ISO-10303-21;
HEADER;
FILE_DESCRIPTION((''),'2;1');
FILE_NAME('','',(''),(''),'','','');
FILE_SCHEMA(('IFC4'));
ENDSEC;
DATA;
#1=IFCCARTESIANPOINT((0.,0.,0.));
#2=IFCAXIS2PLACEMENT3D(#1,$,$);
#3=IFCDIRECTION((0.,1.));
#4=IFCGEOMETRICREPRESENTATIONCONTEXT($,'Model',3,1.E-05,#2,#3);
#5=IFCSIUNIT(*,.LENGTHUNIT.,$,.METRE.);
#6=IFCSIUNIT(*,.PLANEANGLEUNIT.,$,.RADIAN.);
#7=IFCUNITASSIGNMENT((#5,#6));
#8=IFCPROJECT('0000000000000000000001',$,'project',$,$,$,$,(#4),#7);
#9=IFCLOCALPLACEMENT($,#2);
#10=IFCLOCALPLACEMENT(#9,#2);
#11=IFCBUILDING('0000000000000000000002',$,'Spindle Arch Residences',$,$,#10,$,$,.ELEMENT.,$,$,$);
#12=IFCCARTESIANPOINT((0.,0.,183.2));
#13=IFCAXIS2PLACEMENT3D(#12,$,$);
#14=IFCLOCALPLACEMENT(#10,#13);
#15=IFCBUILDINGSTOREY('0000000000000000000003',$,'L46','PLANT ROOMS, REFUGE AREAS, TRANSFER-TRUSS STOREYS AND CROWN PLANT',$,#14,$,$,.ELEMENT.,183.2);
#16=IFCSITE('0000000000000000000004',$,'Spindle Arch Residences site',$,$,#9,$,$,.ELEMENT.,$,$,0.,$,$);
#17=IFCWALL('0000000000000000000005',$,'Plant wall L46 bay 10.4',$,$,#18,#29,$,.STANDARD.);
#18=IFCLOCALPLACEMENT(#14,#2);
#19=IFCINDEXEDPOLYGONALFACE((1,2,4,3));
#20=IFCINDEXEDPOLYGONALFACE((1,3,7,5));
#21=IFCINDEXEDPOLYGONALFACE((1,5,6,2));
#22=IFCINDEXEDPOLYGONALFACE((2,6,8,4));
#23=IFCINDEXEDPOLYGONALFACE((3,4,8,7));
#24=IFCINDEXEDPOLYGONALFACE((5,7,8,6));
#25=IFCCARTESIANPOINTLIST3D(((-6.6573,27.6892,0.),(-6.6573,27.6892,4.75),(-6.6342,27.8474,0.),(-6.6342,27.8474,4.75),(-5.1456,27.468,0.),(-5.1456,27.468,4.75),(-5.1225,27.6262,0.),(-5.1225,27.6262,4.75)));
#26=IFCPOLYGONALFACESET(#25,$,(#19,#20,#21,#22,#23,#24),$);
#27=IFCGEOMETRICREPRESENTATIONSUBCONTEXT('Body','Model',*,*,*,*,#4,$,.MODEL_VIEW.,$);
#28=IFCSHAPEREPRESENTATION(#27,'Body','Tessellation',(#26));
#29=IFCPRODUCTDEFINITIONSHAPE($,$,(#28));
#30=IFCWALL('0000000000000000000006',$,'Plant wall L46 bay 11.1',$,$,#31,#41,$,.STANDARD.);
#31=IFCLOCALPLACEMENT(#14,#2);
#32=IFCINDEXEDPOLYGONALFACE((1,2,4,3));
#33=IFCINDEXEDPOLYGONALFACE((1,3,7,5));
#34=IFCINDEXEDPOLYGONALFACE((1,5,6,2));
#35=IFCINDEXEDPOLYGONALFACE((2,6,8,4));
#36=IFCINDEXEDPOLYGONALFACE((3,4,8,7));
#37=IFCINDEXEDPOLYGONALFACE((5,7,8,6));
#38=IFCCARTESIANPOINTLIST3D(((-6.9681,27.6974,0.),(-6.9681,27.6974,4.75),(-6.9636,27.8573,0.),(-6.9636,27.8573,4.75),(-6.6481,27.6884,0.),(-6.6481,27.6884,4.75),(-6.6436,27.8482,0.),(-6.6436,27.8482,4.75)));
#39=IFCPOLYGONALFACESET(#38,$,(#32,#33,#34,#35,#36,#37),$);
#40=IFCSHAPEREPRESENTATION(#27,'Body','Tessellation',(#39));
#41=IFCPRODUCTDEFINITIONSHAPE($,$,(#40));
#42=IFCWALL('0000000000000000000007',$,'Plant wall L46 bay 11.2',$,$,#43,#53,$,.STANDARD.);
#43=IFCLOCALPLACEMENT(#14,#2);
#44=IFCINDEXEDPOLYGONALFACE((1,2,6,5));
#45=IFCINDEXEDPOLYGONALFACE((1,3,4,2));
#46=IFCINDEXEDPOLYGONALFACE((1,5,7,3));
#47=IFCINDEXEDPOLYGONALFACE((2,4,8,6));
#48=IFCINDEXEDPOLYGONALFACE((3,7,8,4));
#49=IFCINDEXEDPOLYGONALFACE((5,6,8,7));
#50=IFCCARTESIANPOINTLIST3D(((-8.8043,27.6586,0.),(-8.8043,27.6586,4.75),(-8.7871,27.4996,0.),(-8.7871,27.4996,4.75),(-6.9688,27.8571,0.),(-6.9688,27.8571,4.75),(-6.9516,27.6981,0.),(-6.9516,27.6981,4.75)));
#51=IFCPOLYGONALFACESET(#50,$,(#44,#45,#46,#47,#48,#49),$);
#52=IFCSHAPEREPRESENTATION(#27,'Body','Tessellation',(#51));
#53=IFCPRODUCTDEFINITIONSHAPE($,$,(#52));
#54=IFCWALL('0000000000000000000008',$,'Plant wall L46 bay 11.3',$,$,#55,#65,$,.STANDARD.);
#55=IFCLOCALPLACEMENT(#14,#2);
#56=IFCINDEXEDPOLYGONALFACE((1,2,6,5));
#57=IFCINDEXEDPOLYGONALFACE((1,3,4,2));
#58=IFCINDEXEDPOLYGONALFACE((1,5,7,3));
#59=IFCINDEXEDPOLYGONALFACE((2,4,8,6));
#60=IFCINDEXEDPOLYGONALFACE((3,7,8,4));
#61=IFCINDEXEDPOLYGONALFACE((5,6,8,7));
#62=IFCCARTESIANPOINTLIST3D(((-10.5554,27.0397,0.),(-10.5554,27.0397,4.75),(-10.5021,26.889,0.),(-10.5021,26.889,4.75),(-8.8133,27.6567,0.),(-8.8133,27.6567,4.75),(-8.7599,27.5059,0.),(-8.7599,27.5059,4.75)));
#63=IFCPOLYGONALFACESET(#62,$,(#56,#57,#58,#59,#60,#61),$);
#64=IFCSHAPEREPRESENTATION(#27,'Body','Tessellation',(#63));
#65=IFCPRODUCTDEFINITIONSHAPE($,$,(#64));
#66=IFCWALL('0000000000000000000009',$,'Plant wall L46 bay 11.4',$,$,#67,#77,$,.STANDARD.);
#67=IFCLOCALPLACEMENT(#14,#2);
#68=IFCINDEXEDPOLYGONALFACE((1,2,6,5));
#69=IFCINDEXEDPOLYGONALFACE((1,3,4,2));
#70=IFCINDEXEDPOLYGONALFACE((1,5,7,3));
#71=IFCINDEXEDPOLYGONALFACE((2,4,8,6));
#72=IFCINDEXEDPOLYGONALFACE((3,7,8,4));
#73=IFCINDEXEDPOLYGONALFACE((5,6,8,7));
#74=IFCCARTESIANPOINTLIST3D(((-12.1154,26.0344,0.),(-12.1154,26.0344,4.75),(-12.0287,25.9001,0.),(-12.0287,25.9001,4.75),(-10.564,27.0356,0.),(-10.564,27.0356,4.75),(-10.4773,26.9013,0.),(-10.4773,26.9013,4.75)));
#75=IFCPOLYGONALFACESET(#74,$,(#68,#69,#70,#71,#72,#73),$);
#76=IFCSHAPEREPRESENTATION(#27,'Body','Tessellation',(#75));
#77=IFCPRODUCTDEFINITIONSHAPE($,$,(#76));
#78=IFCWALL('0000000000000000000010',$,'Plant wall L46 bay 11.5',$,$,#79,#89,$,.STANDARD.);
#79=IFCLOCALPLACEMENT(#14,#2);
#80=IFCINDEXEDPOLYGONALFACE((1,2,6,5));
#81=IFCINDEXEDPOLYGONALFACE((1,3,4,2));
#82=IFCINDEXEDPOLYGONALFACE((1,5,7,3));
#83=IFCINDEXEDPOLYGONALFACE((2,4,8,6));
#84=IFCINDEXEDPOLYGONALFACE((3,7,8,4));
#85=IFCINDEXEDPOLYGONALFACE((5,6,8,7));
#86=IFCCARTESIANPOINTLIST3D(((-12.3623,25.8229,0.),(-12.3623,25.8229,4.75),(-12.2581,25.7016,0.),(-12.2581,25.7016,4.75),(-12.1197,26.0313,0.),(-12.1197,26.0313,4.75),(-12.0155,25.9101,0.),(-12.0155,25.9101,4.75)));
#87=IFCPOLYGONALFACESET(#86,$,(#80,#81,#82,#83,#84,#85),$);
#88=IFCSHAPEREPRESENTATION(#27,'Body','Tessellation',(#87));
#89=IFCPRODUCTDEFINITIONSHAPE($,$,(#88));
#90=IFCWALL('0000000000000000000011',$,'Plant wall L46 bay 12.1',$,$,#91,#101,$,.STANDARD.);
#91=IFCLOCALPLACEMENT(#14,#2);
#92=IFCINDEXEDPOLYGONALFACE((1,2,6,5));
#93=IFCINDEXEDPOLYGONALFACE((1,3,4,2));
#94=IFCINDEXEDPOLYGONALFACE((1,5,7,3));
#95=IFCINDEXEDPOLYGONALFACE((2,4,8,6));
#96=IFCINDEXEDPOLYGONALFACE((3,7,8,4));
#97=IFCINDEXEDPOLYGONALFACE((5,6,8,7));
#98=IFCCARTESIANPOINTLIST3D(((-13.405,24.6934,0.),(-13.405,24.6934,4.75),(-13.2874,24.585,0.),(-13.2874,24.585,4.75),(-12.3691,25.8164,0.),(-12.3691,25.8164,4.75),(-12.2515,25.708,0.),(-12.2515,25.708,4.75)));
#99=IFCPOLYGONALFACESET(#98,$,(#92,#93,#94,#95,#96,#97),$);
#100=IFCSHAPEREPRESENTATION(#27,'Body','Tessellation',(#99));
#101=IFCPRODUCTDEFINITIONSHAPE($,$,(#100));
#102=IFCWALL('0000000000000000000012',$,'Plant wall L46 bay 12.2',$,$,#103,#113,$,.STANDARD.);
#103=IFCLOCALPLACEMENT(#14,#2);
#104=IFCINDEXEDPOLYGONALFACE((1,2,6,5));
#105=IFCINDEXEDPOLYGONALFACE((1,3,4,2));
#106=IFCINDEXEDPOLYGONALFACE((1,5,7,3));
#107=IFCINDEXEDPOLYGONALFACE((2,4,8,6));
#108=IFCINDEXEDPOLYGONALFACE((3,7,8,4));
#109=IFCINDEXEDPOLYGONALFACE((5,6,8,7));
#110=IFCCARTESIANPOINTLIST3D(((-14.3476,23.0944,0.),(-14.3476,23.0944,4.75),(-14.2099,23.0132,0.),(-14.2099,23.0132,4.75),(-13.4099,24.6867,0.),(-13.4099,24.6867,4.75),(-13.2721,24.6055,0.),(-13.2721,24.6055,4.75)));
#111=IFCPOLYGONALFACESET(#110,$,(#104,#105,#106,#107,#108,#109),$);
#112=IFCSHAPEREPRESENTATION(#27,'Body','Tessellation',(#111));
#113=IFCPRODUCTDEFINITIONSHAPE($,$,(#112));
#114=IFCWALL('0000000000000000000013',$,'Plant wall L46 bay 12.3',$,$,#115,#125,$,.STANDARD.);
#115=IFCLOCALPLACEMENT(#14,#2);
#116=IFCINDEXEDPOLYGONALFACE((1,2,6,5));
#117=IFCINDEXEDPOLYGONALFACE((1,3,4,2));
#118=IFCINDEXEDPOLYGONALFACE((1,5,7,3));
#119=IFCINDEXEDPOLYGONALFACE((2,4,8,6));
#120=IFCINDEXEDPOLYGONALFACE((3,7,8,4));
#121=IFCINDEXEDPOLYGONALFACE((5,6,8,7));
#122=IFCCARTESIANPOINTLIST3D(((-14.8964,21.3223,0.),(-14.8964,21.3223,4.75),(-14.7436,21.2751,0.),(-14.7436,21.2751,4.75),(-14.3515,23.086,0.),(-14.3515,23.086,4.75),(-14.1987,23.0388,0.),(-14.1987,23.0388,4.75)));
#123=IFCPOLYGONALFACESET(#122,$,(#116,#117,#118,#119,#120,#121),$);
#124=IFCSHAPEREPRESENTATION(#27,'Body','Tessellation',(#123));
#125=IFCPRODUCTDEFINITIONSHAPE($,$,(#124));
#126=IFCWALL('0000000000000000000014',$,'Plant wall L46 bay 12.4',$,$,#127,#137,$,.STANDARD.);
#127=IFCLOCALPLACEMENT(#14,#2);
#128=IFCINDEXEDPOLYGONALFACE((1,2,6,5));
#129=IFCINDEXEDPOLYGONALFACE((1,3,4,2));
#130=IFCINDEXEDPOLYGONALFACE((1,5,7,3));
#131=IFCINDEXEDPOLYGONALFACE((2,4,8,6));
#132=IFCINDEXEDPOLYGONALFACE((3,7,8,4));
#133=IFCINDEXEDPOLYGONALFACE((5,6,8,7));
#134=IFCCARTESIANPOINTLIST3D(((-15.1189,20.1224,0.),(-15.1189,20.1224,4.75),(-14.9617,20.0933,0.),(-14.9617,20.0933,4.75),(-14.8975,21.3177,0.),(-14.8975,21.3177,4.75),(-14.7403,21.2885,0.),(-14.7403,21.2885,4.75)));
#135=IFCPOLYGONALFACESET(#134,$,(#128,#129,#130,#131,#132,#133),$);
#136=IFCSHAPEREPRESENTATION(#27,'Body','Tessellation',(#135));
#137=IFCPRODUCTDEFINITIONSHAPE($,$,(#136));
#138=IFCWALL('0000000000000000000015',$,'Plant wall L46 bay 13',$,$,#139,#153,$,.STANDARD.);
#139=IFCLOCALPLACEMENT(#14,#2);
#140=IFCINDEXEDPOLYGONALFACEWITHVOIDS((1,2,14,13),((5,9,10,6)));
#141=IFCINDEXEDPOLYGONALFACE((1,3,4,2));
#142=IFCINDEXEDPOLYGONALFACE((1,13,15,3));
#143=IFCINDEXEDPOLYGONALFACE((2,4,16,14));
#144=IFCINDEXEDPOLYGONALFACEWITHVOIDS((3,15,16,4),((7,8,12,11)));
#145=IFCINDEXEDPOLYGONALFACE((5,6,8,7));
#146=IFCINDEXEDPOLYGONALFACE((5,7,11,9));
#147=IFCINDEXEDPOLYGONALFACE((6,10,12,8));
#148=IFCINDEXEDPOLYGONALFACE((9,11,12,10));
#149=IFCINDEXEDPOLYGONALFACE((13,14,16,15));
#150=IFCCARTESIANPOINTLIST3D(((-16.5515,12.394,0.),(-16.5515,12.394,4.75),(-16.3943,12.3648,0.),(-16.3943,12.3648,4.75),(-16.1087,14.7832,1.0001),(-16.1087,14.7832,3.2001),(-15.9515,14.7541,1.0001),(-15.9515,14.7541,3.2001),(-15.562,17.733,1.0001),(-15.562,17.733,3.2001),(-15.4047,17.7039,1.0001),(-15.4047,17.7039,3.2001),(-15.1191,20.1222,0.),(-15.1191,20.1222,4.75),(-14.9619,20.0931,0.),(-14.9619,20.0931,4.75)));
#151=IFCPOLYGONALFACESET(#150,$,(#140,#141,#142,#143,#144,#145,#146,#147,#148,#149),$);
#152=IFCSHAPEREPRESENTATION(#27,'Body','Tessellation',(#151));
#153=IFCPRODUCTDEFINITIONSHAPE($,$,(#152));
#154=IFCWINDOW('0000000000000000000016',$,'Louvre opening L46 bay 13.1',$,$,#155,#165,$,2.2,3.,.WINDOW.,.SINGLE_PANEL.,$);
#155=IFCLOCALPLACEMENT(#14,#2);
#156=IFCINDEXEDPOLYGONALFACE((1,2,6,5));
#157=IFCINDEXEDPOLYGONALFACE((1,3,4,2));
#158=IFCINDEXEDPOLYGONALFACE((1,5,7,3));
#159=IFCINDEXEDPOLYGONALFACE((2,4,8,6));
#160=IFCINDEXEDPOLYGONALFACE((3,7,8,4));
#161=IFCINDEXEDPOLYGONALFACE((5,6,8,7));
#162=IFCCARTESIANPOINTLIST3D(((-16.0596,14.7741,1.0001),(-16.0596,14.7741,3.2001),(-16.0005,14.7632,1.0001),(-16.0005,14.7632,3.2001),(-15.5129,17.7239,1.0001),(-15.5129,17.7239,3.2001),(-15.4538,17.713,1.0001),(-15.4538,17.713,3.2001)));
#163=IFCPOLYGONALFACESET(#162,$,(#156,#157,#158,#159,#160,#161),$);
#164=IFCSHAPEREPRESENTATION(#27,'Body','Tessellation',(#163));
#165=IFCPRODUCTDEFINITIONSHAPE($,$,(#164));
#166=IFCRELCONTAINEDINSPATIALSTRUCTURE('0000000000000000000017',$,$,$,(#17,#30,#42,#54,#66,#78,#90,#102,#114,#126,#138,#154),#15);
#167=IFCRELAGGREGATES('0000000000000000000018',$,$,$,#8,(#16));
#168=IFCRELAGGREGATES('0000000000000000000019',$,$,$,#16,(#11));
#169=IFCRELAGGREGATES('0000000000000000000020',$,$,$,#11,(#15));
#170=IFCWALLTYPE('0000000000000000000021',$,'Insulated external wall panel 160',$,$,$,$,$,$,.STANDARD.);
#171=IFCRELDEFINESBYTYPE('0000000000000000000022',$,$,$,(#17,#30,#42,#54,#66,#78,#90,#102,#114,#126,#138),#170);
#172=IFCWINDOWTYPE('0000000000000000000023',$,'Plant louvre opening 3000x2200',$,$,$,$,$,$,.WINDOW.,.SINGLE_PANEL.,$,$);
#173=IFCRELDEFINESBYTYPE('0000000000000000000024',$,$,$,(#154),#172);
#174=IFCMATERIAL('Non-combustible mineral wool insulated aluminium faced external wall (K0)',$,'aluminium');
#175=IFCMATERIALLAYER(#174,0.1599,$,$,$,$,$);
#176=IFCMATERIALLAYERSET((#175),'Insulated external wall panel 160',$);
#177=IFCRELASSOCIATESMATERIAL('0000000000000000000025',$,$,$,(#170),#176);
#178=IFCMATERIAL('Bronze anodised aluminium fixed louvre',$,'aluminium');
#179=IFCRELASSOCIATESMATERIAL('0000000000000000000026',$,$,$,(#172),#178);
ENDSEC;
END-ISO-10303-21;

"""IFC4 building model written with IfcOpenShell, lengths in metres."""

from ifc_helpers import new_model, si_unit, direction, frame, frame_2d, origin, place, context, subcontext, project, spatial, rectangle, extrude, material, layer, layer_set, type_object, element, fill, save


model = new_model("IFC4")

# Units and contexts
model_context = context("Model", 3, precision=1e-05, world=origin(), true_north=direction((0.0, 1.0)))
body_context = subcontext(model_context, "Body", "Model", "MODEL_VIEW")
ifc_project = project(units=[si_unit("LENGTHUNIT", "METRE"), si_unit("PLANEANGLEUNIT", "RADIAN")], contexts=[model_context])

# Site, building, storey
site_placement = place(None, origin())
site = spatial("IfcSite", under=ifc_project, at=site_placement, Name="Spindle Arch Residences site", CompositionType="ELEMENT", RefElevation=0.0)
building_placement = place(site_placement, origin())
building = spatial("IfcBuilding", under=site, at=building_placement, Name="Spindle Arch Residences", CompositionType="ELEMENT")
storey_placement = place(building_placement, frame((0.0, 0.0, 183.2)))
storey = spatial("IfcBuildingStorey", under=building, at=storey_placement, Name="L46", Description="PLANT ROOMS, REFUGE AREAS, TRANSFER-TRUSS STOREYS AND CROWN PLANT", CompositionType="ELEMENT", Elevation=183.2)

# Walls
ifc_material_1 = material(Name="Non-combustible mineral wool insulated aluminium faced external wall (K0)", Category="aluminium")
ifc_layer = layer(ifc_material_1, 0.1599)
ifc_layer_set = layer_set([ifc_layer], Name="Insulated external wall panel 160")
wall_type = type_object("IfcWallType", Name="Insulated external wall panel 160", PredefinedType="STANDARD", material=ifc_layer_set)
wall_1_placement = place(storey_placement, frame((-5.134, 27.5471, 0.0), z_axis=(0.0, 0.0, 1.0), x_axis=(-0.989464, 0.144776, 0.0)))
element("IfcWall", 1, at=wall_1_placement, inside=storey, type_object=wall_type, Name="Plant wall L46 bay 10.4", PredefinedType="STANDARD", context=body_context, shape_type="SweptSolid", body=[
    extrude(rectangle(XDim=1.5278, YDim=0.1599, at=frame_2d((0.7639, 0.0))), origin(), (0.0, 0.0, 1.0), 4.75),
])
wall_2_placement = place(storey_placement, frame((-6.6458, 27.7683, 0.0), z_axis=(0.0, 0.0, 1.0), x_axis=(-0.999601, 0.028233, 0.0)))
element("IfcWall", 2, at=wall_2_placement, inside=storey, type_object=wall_type, Name="Plant wall L46 bay 11.1", PredefinedType="STANDARD", context=body_context, shape_type="SweptSolid", body=[
    extrude(rectangle(XDim=0.3201, YDim=0.1599, at=frame_2d((0.1602, 0.0))), origin(), (0.0, 0.0, 1.0), 4.75),
])
wall_3_placement = place(storey_placement, frame((-6.9602, 27.7776, 0.0), z_axis=(0.0, 0.0, 1.0), x_axis=(-0.994204, -0.107514, 0.0)))
element("IfcWall", 3, at=wall_3_placement, inside=storey, type_object=wall_type, Name="Plant wall L46 bay 11.2", PredefinedType="STANDARD", context=body_context, shape_type="SweptSolid", body=[
    extrude(rectangle(XDim=1.8462, YDim=0.1599, at=frame_2d((0.9231, 0.0))), origin(), (0.0, 0.0, 1.0), 4.75),
])
wall_4_placement = place(storey_placement, frame((-8.7866, 27.5813, 0.0), z_axis=(0.0, 0.0, 1.0), x_axis=(-0.942641, -0.333808, 0.0)))
element("IfcWall", 4, at=wall_4_placement, inside=storey, type_object=wall_type, Name="Plant wall L46 bay 11.3", PredefinedType="STANDARD", context=body_context, shape_type="SweptSolid", body=[
    extrude(rectangle(XDim=1.8481, YDim=0.1599, at=frame_2d((0.9241, 0.0))), origin(), (0.0, 0.0, 1.0), 4.75),
])
wall_5_placement = place(storey_placement, frame((-10.5205, 26.9685, 0.0), z_axis=(0.0, 0.0, 1.0), x_axis=(-0.840236, -0.54222, 0.0)))
element("IfcWall", 5, at=wall_5_placement, inside=storey, type_object=wall_type, Name="Plant wall L46 bay 11.4", PredefinedType="STANDARD", context=body_context, shape_type="SweptSolid", body=[
    extrude(rectangle(XDim=1.8464, YDim=0.1599, at=frame_2d((0.9233, 0.0))), origin(), (0.0, 0.0, 1.0), 4.75),
])
wall_6_placement = place(storey_placement, frame((-12.0676, 25.9707, 0.0), z_axis=(0.0, 0.0, 1.0), x_axis=(-0.758502, -0.651671, 0.0)))
element("IfcWall", 6, at=wall_6_placement, inside=storey, type_object=wall_type, Name="Plant wall L46 bay 11.5", PredefinedType="STANDARD", context=body_context, shape_type="SweptSolid", body=[
    extrude(rectangle(XDim=0.3198, YDim=0.1599, at=frame_2d((0.1599, 0.0))), origin(), (0.0, 0.0, 1.0), 4.75),
])
wall_7_placement = place(storey_placement, frame((-12.3103, 25.7622, 0.0), z_axis=(0.0, 0.0, 1.0), x_axis=(-0.678008, -0.735055, 0.0)))
element("IfcWall", 7, at=wall_7_placement, inside=storey, type_object=wall_type, Name="Plant wall L46 bay 12.1", PredefinedType="STANDARD", context=body_context, shape_type="SweptSolid", body=[
    extrude(rectangle(XDim=1.5278, YDim=0.1599, at=frame_2d((0.7639, 0.0))), origin(), (0.0, 0.0, 1.0), 4.75),
])
wall_8_placement = place(storey_placement, frame((-13.3411, 24.646, 0.0), z_axis=(0.0, 0.0, 1.0), x_axis=(-0.507465, -0.861673, 0.0)))
element("IfcWall", 8, at=wall_8_placement, inside=storey, type_object=wall_type, Name="Plant wall L46 bay 12.2", PredefinedType="STANDARD", context=body_context, shape_type="SweptSolid", body=[
    extrude(rectangle(XDim=1.8479, YDim=0.1599, at=frame_2d((0.9238, 0.0))), origin(), (0.0, 0.0, 1.0), 4.75),
])
wall_9_placement = place(storey_placement, frame((-14.2751, 23.0623, 0.0), z_axis=(0.0, 0.0, 1.0), x_axis=(-0.295201, -0.955435, 0.0)))
element("IfcWall", 9, at=wall_9_placement, inside=storey, type_object=wall_type, Name="Plant wall L46 bay 12.3", PredefinedType="STANDARD", context=body_context, shape_type="SweptSolid", body=[
    extrude(rectangle(XDim=1.8459, YDim=0.1599, at=frame_2d((0.9229, 0.0))), origin(), (0.0, 0.0, 1.0), 4.75),
])
wall_10_placement = place(storey_placement, frame((-14.8188, 21.3032, 0.0), z_axis=(0.0, 0.0, 1.0), x_axis=(-0.182154, -0.98327, 0.0)))
element("IfcWall", 10, at=wall_10_placement, inside=storey, type_object=wall_type, Name="Plant wall L46 bay 12.4", PredefinedType="STANDARD", context=body_context, shape_type="SweptSolid", body=[
    extrude(rectangle(XDim=1.2156, YDim=0.1599, at=frame_2d((0.6079, 0.0))), origin(), (0.0, 0.0, 1.0), 4.75),
])

# Wall, opening, window
wall_11_placement = place(storey_placement, frame((-15.0405, 20.1077, 0.0), z_axis=(0.0, 0.0, 1.0), x_axis=(-0.182238, -0.983254, 0.0)))
wall_11 = element("IfcWall", 11, at=wall_11_placement, inside=storey, type_object=wall_type, Name="Plant wall L46 bay 13", PredefinedType="STANDARD", context=body_context, shape_type="SweptSolid", body=[
    extrude(rectangle(XDim=7.8599, YDim=0.1599, at=frame_2d((3.9299, 0.0))), origin(), (0.0, 0.0, 1.0), 4.75),
])
opening_placement = place(wall_11_placement, frame((2.4299, 0.0, 1.0)))
opening = element("IfcOpeningElement", 12, at=opening_placement, cuts=wall_11, PredefinedType="OPENING", context=body_context, shape_type="SweptSolid", body=[
    extrude(rectangle(XDim=3.0, YDim=2.2, at=frame_2d((1.5, 1.1001))), frame((0.0, 0.0898, 0.0), z_axis=(0.0, -1.0, 0.0), x_axis=(1.0, 0.0, 0.0)), (0.0, 0.0, 1.0), 0.1799),
])
ifc_material_2 = material(Name="Bronze anodised aluminium fixed louvre", Category="aluminium")
window_type = type_object("IfcWindowType", Name="Plant louvre opening 3000x2200", PartitioningType="SINGLE_PANEL", PredefinedType="WINDOW", material=ifc_material_2)
window_placement = place(opening_placement, origin())
window = element("IfcWindow", 13, at=window_placement, inside=storey, type_object=window_type, Name="Louvre opening L46 bay 13.1", OverallHeight=2.2, OverallWidth=3.0, PartitioningType="SINGLE_PANEL", PredefinedType="WINDOW", context=body_context, shape_type="SweptSolid", body=[
    extrude(rectangle(XDim=3.0, YDim=2.2, at=frame_2d((1.5, 1.1001))), frame((0.0, 0.03, 0.0), z_axis=(0.0, -1.0, 0.0), x_axis=(1.0, 0.0, 0.0)), (0.0, 0.0, 1.0), 0.0601),
])
fill(opening, window)

save(model, "model.ifc")
